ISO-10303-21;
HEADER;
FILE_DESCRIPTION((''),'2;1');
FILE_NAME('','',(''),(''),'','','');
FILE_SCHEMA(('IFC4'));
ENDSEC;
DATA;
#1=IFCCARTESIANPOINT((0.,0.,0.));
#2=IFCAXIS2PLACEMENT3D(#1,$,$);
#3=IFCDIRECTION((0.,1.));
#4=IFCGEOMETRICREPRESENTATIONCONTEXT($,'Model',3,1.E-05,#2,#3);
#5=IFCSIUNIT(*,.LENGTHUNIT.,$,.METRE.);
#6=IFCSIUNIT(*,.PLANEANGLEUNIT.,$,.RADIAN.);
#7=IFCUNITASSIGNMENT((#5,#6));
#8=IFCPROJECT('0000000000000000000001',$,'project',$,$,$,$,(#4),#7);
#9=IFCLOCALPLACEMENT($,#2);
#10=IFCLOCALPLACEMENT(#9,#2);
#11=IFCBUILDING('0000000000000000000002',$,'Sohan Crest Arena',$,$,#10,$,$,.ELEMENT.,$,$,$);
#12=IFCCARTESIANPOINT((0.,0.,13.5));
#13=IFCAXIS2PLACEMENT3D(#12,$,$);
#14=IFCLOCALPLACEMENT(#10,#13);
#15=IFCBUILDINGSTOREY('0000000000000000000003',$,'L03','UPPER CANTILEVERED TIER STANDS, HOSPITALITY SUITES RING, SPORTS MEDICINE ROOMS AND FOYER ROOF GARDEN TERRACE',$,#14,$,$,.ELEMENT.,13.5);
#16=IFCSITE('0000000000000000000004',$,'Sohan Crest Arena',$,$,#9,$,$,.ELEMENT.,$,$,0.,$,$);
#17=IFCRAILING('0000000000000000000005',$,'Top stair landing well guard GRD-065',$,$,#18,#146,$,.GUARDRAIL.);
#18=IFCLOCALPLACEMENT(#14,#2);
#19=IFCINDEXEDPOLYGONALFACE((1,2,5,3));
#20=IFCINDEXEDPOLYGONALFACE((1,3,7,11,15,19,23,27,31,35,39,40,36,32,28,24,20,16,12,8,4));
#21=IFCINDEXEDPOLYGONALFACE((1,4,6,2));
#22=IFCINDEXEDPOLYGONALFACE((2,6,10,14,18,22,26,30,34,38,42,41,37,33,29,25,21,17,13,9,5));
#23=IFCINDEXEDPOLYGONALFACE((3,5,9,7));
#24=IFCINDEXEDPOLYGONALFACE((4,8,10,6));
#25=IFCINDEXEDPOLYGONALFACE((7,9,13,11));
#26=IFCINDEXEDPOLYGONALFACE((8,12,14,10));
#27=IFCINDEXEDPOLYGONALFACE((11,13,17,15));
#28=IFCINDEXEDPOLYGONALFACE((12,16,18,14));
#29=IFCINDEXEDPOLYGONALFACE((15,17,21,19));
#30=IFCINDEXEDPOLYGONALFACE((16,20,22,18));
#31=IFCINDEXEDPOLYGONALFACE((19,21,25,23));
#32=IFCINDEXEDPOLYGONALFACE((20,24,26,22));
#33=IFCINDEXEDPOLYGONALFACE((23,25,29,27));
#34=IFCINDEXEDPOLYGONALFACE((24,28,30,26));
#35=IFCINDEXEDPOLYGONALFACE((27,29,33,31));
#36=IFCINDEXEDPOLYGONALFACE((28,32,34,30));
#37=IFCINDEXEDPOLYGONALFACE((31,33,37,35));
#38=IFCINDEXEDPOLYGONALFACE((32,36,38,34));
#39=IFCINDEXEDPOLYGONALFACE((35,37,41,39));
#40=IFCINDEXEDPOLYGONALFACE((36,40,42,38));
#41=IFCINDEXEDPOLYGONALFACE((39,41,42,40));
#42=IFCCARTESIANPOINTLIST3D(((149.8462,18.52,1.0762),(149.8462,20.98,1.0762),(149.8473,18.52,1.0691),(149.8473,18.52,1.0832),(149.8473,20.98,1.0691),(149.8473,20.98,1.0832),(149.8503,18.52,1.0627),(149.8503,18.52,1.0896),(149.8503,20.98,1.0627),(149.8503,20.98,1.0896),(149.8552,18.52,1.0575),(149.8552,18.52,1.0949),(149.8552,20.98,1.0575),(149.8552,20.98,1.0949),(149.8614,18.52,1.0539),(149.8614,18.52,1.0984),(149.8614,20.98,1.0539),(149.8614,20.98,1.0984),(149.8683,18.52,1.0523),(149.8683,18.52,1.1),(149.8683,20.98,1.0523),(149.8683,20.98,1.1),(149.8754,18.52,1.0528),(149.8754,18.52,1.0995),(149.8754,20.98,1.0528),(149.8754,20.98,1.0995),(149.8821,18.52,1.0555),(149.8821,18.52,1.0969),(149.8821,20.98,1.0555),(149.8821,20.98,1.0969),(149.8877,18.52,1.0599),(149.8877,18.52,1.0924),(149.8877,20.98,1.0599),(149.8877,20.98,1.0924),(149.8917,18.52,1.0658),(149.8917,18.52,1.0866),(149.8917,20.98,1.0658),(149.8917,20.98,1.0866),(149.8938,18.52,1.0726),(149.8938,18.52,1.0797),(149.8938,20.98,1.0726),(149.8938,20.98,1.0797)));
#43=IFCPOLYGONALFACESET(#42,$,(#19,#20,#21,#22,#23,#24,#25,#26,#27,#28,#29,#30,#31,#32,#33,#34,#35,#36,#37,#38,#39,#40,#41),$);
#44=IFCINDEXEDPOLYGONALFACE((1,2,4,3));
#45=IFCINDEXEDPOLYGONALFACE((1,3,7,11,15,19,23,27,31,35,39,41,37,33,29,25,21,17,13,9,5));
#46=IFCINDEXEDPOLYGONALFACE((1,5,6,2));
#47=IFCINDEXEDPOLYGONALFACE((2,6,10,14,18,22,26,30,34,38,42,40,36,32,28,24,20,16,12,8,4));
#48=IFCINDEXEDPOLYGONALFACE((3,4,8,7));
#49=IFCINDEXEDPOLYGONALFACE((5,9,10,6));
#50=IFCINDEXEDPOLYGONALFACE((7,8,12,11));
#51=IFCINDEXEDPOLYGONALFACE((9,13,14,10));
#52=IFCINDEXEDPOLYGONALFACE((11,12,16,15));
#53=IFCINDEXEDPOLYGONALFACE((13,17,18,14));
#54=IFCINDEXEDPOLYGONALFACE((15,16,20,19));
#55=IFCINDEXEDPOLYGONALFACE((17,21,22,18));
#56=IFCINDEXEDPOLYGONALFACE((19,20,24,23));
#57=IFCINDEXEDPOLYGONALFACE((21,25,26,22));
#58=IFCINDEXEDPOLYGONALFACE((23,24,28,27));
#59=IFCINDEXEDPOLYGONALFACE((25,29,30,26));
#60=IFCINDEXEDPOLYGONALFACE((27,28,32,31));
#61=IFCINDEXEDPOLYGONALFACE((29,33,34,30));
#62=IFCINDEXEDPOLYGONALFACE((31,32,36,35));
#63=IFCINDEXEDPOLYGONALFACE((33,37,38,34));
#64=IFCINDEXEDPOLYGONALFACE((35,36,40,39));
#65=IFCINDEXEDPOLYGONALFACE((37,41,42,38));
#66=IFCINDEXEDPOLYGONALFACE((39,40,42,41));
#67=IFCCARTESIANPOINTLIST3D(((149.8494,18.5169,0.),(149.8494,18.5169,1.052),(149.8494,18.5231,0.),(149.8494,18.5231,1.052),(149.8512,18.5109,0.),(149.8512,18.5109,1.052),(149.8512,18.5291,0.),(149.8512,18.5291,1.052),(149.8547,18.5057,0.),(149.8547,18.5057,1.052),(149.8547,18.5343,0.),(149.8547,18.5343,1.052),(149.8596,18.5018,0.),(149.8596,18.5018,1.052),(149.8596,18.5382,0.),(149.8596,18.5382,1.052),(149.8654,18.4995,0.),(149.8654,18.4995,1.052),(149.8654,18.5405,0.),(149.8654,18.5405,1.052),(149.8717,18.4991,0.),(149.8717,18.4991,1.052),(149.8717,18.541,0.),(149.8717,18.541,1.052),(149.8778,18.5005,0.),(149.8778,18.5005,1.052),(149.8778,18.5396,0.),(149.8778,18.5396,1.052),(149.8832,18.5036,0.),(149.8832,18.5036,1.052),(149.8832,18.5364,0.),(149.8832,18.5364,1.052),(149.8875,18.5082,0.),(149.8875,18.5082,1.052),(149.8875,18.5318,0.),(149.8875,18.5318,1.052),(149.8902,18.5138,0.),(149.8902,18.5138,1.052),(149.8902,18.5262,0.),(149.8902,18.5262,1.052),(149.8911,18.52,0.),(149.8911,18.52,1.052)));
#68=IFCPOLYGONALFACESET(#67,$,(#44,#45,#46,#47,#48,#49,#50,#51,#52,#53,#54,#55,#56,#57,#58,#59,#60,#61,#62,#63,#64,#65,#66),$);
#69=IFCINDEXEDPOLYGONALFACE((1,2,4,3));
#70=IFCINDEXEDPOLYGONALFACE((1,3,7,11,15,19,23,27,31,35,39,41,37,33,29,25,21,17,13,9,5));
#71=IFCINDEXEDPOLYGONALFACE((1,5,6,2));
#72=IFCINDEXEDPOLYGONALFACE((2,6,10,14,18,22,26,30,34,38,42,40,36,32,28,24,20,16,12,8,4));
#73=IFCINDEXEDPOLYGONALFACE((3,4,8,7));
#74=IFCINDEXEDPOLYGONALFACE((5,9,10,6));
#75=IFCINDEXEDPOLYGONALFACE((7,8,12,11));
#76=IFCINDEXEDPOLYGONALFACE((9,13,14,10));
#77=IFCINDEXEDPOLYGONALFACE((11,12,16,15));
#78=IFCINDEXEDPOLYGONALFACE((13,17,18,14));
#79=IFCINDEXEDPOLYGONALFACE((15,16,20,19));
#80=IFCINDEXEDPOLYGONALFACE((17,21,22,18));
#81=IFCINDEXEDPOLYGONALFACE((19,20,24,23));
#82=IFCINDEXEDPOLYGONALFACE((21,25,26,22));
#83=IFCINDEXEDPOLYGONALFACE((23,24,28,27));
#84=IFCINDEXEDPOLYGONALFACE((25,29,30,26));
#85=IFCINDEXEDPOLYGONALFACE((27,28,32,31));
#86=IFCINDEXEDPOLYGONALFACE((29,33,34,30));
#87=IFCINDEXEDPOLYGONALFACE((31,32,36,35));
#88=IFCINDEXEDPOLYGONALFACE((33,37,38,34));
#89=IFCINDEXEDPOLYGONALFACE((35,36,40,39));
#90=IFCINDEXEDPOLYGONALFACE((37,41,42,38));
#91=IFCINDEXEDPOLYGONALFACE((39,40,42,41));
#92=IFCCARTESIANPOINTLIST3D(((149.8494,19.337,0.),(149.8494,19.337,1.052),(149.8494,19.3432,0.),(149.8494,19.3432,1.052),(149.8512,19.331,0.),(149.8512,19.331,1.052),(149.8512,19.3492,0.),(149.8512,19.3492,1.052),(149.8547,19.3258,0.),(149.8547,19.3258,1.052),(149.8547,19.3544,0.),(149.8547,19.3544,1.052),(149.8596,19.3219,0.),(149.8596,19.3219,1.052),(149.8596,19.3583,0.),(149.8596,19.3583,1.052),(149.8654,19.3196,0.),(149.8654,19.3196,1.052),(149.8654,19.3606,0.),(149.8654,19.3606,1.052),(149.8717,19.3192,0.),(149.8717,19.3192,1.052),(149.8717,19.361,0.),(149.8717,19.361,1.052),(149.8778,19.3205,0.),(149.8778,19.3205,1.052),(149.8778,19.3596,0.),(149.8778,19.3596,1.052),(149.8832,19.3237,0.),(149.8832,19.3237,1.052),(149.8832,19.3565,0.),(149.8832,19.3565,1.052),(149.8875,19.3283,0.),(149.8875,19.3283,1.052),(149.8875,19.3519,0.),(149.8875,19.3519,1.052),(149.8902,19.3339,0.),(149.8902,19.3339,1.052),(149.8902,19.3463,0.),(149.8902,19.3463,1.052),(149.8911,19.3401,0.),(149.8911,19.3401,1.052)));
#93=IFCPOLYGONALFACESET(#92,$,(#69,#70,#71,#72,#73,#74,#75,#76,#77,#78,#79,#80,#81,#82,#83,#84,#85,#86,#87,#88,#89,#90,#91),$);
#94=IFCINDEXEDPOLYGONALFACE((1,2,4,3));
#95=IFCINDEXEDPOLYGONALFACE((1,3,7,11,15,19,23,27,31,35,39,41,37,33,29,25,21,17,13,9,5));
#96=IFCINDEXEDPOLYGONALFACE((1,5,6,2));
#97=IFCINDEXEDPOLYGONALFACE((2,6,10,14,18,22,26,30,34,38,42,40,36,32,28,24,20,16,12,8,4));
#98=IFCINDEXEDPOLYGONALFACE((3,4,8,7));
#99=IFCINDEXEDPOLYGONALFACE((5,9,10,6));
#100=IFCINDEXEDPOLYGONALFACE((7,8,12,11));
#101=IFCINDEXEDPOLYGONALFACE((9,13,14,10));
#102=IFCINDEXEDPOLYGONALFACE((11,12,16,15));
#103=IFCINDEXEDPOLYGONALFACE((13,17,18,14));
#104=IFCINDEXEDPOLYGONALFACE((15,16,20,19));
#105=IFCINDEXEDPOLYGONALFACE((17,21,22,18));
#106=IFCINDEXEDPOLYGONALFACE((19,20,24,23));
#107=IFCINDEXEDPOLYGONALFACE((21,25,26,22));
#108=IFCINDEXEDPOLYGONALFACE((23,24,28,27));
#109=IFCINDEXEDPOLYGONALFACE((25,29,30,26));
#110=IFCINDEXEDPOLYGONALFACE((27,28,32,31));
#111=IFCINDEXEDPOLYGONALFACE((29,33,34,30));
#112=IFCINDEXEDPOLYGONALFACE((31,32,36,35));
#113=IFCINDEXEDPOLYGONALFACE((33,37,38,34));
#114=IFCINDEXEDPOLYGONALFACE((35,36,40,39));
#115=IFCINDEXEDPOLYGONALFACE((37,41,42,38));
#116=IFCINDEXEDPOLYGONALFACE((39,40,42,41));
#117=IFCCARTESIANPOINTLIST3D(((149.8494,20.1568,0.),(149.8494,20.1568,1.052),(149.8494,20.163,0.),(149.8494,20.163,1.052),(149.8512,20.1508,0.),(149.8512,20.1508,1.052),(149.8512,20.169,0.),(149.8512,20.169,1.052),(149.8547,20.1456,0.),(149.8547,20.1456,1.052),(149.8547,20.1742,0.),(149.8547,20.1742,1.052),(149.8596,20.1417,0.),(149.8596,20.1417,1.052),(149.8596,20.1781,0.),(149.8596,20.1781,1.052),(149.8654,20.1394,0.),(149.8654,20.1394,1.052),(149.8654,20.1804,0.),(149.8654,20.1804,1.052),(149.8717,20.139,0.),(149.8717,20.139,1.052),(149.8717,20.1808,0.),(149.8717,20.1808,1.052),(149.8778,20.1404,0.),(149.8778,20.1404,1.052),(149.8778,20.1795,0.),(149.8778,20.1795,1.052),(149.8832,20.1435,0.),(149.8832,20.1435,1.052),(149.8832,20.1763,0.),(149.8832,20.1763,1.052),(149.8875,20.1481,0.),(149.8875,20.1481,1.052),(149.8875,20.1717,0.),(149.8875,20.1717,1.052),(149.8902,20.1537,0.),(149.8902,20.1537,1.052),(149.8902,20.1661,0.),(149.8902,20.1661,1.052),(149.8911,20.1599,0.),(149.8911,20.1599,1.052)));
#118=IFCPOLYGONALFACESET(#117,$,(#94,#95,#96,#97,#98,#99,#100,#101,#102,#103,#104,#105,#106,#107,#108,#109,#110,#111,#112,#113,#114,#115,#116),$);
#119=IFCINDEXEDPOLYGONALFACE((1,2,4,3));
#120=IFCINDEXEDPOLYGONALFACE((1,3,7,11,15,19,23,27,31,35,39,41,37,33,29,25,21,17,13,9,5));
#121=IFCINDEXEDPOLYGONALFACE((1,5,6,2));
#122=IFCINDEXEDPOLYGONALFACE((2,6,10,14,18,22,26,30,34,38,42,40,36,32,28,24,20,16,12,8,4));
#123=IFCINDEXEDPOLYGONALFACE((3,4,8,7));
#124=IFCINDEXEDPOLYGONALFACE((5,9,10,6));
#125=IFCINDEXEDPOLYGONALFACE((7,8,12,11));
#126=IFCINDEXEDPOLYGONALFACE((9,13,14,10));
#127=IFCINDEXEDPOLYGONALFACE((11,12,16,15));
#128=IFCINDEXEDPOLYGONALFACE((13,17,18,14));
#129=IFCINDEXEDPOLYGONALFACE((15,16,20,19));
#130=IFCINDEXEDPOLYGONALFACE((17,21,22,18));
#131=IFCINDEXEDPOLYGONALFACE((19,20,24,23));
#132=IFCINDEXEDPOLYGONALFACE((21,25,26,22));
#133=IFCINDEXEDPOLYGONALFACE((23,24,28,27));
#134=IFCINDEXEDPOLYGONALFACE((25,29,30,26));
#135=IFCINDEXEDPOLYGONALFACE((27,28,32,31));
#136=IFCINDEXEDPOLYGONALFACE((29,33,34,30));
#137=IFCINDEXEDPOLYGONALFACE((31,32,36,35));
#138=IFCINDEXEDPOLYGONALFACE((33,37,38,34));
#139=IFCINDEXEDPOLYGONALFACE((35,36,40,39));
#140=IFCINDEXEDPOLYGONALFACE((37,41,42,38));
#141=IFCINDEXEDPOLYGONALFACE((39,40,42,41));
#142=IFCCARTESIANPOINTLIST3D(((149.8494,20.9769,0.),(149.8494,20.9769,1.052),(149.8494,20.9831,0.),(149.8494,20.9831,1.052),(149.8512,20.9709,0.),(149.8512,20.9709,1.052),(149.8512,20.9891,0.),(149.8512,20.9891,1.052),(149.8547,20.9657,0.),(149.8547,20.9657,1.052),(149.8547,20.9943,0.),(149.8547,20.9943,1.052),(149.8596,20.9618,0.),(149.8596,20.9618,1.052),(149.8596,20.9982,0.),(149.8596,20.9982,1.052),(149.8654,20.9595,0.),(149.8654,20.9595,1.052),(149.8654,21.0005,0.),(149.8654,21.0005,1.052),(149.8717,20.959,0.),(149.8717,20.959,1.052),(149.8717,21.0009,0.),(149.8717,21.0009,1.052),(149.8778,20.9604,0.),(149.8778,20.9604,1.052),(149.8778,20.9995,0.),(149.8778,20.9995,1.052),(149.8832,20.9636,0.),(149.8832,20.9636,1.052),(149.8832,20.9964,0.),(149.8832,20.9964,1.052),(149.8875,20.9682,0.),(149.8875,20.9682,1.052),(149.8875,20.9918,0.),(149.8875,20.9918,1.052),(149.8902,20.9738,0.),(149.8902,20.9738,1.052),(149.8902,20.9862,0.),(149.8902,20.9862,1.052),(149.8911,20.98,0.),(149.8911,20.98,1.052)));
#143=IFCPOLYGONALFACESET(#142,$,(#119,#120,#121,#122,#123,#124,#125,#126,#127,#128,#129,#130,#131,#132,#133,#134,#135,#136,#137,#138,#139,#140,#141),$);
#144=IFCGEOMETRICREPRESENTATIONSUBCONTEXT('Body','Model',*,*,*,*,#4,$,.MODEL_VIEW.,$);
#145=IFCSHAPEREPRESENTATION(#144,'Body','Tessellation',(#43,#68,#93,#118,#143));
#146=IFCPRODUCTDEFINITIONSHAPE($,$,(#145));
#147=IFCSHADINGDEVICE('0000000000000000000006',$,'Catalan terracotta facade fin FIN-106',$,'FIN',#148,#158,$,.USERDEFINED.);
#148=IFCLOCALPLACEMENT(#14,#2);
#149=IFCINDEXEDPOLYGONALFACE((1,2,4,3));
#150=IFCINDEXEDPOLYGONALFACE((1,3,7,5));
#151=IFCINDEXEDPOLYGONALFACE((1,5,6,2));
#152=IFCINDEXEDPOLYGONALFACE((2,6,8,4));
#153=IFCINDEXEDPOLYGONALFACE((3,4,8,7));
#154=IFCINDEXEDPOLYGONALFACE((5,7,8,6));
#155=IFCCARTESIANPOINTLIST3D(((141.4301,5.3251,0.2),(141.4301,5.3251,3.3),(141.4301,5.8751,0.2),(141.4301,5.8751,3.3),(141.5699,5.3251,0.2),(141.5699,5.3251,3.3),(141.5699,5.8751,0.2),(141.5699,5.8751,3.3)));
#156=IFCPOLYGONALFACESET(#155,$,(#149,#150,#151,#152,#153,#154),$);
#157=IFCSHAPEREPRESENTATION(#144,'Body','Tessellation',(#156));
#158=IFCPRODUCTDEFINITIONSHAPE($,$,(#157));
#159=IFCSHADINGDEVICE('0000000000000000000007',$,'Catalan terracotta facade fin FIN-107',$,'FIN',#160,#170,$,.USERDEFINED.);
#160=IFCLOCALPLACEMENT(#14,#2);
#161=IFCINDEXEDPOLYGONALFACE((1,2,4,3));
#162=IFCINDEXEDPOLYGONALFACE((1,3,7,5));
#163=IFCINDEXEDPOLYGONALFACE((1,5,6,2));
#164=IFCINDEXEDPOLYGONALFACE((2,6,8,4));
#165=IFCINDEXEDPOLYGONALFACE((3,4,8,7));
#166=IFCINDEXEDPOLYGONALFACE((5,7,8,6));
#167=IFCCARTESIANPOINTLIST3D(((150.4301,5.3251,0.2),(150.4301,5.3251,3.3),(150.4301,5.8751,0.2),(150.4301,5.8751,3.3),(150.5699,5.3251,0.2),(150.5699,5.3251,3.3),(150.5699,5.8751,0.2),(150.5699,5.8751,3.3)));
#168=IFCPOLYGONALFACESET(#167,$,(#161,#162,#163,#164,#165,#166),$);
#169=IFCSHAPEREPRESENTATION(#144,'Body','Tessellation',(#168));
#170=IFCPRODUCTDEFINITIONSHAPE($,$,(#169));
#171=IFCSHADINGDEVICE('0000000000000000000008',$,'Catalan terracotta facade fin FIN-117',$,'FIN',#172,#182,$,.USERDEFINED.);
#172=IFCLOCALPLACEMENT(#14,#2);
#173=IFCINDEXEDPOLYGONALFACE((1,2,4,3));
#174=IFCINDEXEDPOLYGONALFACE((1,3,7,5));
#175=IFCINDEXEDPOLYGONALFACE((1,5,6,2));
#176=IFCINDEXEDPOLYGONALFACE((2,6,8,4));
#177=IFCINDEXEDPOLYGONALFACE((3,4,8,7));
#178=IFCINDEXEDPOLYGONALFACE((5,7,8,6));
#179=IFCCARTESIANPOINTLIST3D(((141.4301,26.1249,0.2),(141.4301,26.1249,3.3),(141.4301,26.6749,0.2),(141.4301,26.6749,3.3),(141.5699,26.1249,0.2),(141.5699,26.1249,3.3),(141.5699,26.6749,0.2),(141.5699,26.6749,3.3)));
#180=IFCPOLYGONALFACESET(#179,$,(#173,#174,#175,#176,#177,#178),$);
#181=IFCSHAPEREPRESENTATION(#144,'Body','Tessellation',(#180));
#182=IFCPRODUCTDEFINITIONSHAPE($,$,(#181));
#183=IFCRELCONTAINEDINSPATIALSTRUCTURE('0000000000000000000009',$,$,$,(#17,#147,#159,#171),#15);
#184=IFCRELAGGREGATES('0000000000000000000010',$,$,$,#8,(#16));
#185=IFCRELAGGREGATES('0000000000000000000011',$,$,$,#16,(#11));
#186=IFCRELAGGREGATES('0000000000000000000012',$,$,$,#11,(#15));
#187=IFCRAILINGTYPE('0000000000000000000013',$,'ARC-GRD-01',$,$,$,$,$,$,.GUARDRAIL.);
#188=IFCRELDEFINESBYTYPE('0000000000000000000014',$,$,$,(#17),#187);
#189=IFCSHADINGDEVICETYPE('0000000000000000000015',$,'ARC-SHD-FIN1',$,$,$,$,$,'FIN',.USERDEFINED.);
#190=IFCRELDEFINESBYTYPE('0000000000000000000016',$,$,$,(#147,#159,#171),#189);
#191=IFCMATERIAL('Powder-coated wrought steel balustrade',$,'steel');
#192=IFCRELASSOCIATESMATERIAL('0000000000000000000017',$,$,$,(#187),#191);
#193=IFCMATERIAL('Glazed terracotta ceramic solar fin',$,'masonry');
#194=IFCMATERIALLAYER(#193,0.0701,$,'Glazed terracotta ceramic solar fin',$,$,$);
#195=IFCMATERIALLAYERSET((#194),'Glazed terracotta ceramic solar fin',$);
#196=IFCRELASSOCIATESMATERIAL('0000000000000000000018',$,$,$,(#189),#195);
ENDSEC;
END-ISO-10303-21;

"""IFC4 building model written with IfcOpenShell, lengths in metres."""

from ifc_helpers import new_model, si_unit, direction, frame, origin, origin_2d, place, context, subcontext, project, spatial, rectangle, circle, extrude, material, layer, layer_set, type_object, element, save


model = new_model("IFC4")

# Units and contexts
model_context = context("Model", 3, precision=1e-05, world=origin(), true_north=direction((0.0, 1.0)))
body_context = subcontext(model_context, "Body", "Model", "MODEL_VIEW")
ifc_project = project(units=[si_unit("LENGTHUNIT", "METRE"), si_unit("PLANEANGLEUNIT", "RADIAN")], contexts=[model_context])

# Site, building, storey
site_placement = place(None, origin())
site = spatial("IfcSite", under=ifc_project, at=site_placement, Name="Sohan Crest Arena", CompositionType="ELEMENT", RefElevation=0.0)
building_placement = place(site_placement, origin())
building = spatial("IfcBuilding", under=site, at=building_placement, Name="Sohan Crest Arena", CompositionType="ELEMENT")
storey_placement = place(building_placement, frame((0.0, 0.0, 13.5)))
storey = spatial("IfcBuildingStorey", under=building, at=storey_placement, Name="L03", Description="UPPER CANTILEVERED TIER STANDS, HOSPITALITY SUITES RING, SPORTS MEDICINE ROOMS AND FOYER ROOF GARDEN TERRACE", CompositionType="ELEMENT", Elevation=13.5)

# Railing
ifc_material_1 = material(Name="Powder-coated wrought steel balustrade", Category="steel")
railing_type = type_object("IfcRailingType", Name="ARC-GRD-01", PredefinedType="GUARDRAIL", material=ifc_material_1)
railing_placement = place(storey_placement, frame((149.8701, 18.52, 0.0)))
element("IfcRailing", 1, at=railing_placement, inside=storey, type_object=railing_type, Name="Top stair landing well guard GRD-065", PredefinedType="GUARDRAIL", context=body_context, shape_type="SweptSolid", body=[
    extrude(circle(Radius=0.0239, at=origin_2d()), frame((0.0, 0.0, 1.0762), z_axis=(0.0, 1.0, 0.0), x_axis=(-1.0, 0.0, 0.0)), (0.0, 0.0, 1.0), 2.46),
    extrude(circle(Radius=0.021, at=origin_2d()), origin(), (0.0, 0.0, 1.0), 1.052),
    extrude(circle(Radius=0.021, at=origin_2d()), frame((0.0, 0.8201, 0.0)), (0.0, 0.0, 1.0), 1.052),
    extrude(circle(Radius=0.021, at=origin_2d()), frame((0.0, 1.6399, 0.0)), (0.0, 0.0, 1.0), 1.052),
    extrude(circle(Radius=0.021, at=origin_2d()), frame((0.0, 2.46, 0.0)), (0.0, 0.0, 1.0), 1.052),
])

# Shading devices
ifc_material_2 = material(Name="Glazed terracotta ceramic solar fin", Category="masonry")
ifc_layer_1 = layer(ifc_material_2, 0.0701, Name="Glazed terracotta ceramic solar fin")
ifc_layer_set_1 = layer_set([ifc_layer_1], Name="Glazed terracotta ceramic solar fin")
shading_device_type = type_object("IfcShadingDeviceType", Name="ARC-SHD-FIN1", ElementType="FIN", PredefinedType="USERDEFINED", material=ifc_layer_set_1)
for number, where, z_axis, x_axis, name in (
    (2, (141.5, 5.6001, 0.2), (0.0, 0.0, 1.0), (1.0, 0.0, 0.0), "Catalan terracotta facade fin FIN-106"),
    (3, (150.5, 5.6001, 0.2), (0.0, 0.0, 1.0), (1.0, 0.0, 0.0), "Catalan terracotta facade fin FIN-107"),
    (4, (141.5, 26.3999, 0.2), (0.0, 0.0, 1.0), (-1.0, 0.0, 0.0), "Catalan terracotta facade fin FIN-117"),
):
    element("IfcShadingDevice", number, at=place(storey_placement, frame(where, z_axis=z_axis, x_axis=x_axis)), inside=storey, type_object=shading_device_type, Name=name, ObjectType="FIN", PredefinedType="USERDEFINED", context=body_context, shape_type="SweptSolid", body=[
        extrude(rectangle(XDim=0.1399, YDim=0.55, at=origin_2d()), origin(), (0.0, 0.0, 1.0), 3.1001),
    ])

save(model, "model.ifc")
